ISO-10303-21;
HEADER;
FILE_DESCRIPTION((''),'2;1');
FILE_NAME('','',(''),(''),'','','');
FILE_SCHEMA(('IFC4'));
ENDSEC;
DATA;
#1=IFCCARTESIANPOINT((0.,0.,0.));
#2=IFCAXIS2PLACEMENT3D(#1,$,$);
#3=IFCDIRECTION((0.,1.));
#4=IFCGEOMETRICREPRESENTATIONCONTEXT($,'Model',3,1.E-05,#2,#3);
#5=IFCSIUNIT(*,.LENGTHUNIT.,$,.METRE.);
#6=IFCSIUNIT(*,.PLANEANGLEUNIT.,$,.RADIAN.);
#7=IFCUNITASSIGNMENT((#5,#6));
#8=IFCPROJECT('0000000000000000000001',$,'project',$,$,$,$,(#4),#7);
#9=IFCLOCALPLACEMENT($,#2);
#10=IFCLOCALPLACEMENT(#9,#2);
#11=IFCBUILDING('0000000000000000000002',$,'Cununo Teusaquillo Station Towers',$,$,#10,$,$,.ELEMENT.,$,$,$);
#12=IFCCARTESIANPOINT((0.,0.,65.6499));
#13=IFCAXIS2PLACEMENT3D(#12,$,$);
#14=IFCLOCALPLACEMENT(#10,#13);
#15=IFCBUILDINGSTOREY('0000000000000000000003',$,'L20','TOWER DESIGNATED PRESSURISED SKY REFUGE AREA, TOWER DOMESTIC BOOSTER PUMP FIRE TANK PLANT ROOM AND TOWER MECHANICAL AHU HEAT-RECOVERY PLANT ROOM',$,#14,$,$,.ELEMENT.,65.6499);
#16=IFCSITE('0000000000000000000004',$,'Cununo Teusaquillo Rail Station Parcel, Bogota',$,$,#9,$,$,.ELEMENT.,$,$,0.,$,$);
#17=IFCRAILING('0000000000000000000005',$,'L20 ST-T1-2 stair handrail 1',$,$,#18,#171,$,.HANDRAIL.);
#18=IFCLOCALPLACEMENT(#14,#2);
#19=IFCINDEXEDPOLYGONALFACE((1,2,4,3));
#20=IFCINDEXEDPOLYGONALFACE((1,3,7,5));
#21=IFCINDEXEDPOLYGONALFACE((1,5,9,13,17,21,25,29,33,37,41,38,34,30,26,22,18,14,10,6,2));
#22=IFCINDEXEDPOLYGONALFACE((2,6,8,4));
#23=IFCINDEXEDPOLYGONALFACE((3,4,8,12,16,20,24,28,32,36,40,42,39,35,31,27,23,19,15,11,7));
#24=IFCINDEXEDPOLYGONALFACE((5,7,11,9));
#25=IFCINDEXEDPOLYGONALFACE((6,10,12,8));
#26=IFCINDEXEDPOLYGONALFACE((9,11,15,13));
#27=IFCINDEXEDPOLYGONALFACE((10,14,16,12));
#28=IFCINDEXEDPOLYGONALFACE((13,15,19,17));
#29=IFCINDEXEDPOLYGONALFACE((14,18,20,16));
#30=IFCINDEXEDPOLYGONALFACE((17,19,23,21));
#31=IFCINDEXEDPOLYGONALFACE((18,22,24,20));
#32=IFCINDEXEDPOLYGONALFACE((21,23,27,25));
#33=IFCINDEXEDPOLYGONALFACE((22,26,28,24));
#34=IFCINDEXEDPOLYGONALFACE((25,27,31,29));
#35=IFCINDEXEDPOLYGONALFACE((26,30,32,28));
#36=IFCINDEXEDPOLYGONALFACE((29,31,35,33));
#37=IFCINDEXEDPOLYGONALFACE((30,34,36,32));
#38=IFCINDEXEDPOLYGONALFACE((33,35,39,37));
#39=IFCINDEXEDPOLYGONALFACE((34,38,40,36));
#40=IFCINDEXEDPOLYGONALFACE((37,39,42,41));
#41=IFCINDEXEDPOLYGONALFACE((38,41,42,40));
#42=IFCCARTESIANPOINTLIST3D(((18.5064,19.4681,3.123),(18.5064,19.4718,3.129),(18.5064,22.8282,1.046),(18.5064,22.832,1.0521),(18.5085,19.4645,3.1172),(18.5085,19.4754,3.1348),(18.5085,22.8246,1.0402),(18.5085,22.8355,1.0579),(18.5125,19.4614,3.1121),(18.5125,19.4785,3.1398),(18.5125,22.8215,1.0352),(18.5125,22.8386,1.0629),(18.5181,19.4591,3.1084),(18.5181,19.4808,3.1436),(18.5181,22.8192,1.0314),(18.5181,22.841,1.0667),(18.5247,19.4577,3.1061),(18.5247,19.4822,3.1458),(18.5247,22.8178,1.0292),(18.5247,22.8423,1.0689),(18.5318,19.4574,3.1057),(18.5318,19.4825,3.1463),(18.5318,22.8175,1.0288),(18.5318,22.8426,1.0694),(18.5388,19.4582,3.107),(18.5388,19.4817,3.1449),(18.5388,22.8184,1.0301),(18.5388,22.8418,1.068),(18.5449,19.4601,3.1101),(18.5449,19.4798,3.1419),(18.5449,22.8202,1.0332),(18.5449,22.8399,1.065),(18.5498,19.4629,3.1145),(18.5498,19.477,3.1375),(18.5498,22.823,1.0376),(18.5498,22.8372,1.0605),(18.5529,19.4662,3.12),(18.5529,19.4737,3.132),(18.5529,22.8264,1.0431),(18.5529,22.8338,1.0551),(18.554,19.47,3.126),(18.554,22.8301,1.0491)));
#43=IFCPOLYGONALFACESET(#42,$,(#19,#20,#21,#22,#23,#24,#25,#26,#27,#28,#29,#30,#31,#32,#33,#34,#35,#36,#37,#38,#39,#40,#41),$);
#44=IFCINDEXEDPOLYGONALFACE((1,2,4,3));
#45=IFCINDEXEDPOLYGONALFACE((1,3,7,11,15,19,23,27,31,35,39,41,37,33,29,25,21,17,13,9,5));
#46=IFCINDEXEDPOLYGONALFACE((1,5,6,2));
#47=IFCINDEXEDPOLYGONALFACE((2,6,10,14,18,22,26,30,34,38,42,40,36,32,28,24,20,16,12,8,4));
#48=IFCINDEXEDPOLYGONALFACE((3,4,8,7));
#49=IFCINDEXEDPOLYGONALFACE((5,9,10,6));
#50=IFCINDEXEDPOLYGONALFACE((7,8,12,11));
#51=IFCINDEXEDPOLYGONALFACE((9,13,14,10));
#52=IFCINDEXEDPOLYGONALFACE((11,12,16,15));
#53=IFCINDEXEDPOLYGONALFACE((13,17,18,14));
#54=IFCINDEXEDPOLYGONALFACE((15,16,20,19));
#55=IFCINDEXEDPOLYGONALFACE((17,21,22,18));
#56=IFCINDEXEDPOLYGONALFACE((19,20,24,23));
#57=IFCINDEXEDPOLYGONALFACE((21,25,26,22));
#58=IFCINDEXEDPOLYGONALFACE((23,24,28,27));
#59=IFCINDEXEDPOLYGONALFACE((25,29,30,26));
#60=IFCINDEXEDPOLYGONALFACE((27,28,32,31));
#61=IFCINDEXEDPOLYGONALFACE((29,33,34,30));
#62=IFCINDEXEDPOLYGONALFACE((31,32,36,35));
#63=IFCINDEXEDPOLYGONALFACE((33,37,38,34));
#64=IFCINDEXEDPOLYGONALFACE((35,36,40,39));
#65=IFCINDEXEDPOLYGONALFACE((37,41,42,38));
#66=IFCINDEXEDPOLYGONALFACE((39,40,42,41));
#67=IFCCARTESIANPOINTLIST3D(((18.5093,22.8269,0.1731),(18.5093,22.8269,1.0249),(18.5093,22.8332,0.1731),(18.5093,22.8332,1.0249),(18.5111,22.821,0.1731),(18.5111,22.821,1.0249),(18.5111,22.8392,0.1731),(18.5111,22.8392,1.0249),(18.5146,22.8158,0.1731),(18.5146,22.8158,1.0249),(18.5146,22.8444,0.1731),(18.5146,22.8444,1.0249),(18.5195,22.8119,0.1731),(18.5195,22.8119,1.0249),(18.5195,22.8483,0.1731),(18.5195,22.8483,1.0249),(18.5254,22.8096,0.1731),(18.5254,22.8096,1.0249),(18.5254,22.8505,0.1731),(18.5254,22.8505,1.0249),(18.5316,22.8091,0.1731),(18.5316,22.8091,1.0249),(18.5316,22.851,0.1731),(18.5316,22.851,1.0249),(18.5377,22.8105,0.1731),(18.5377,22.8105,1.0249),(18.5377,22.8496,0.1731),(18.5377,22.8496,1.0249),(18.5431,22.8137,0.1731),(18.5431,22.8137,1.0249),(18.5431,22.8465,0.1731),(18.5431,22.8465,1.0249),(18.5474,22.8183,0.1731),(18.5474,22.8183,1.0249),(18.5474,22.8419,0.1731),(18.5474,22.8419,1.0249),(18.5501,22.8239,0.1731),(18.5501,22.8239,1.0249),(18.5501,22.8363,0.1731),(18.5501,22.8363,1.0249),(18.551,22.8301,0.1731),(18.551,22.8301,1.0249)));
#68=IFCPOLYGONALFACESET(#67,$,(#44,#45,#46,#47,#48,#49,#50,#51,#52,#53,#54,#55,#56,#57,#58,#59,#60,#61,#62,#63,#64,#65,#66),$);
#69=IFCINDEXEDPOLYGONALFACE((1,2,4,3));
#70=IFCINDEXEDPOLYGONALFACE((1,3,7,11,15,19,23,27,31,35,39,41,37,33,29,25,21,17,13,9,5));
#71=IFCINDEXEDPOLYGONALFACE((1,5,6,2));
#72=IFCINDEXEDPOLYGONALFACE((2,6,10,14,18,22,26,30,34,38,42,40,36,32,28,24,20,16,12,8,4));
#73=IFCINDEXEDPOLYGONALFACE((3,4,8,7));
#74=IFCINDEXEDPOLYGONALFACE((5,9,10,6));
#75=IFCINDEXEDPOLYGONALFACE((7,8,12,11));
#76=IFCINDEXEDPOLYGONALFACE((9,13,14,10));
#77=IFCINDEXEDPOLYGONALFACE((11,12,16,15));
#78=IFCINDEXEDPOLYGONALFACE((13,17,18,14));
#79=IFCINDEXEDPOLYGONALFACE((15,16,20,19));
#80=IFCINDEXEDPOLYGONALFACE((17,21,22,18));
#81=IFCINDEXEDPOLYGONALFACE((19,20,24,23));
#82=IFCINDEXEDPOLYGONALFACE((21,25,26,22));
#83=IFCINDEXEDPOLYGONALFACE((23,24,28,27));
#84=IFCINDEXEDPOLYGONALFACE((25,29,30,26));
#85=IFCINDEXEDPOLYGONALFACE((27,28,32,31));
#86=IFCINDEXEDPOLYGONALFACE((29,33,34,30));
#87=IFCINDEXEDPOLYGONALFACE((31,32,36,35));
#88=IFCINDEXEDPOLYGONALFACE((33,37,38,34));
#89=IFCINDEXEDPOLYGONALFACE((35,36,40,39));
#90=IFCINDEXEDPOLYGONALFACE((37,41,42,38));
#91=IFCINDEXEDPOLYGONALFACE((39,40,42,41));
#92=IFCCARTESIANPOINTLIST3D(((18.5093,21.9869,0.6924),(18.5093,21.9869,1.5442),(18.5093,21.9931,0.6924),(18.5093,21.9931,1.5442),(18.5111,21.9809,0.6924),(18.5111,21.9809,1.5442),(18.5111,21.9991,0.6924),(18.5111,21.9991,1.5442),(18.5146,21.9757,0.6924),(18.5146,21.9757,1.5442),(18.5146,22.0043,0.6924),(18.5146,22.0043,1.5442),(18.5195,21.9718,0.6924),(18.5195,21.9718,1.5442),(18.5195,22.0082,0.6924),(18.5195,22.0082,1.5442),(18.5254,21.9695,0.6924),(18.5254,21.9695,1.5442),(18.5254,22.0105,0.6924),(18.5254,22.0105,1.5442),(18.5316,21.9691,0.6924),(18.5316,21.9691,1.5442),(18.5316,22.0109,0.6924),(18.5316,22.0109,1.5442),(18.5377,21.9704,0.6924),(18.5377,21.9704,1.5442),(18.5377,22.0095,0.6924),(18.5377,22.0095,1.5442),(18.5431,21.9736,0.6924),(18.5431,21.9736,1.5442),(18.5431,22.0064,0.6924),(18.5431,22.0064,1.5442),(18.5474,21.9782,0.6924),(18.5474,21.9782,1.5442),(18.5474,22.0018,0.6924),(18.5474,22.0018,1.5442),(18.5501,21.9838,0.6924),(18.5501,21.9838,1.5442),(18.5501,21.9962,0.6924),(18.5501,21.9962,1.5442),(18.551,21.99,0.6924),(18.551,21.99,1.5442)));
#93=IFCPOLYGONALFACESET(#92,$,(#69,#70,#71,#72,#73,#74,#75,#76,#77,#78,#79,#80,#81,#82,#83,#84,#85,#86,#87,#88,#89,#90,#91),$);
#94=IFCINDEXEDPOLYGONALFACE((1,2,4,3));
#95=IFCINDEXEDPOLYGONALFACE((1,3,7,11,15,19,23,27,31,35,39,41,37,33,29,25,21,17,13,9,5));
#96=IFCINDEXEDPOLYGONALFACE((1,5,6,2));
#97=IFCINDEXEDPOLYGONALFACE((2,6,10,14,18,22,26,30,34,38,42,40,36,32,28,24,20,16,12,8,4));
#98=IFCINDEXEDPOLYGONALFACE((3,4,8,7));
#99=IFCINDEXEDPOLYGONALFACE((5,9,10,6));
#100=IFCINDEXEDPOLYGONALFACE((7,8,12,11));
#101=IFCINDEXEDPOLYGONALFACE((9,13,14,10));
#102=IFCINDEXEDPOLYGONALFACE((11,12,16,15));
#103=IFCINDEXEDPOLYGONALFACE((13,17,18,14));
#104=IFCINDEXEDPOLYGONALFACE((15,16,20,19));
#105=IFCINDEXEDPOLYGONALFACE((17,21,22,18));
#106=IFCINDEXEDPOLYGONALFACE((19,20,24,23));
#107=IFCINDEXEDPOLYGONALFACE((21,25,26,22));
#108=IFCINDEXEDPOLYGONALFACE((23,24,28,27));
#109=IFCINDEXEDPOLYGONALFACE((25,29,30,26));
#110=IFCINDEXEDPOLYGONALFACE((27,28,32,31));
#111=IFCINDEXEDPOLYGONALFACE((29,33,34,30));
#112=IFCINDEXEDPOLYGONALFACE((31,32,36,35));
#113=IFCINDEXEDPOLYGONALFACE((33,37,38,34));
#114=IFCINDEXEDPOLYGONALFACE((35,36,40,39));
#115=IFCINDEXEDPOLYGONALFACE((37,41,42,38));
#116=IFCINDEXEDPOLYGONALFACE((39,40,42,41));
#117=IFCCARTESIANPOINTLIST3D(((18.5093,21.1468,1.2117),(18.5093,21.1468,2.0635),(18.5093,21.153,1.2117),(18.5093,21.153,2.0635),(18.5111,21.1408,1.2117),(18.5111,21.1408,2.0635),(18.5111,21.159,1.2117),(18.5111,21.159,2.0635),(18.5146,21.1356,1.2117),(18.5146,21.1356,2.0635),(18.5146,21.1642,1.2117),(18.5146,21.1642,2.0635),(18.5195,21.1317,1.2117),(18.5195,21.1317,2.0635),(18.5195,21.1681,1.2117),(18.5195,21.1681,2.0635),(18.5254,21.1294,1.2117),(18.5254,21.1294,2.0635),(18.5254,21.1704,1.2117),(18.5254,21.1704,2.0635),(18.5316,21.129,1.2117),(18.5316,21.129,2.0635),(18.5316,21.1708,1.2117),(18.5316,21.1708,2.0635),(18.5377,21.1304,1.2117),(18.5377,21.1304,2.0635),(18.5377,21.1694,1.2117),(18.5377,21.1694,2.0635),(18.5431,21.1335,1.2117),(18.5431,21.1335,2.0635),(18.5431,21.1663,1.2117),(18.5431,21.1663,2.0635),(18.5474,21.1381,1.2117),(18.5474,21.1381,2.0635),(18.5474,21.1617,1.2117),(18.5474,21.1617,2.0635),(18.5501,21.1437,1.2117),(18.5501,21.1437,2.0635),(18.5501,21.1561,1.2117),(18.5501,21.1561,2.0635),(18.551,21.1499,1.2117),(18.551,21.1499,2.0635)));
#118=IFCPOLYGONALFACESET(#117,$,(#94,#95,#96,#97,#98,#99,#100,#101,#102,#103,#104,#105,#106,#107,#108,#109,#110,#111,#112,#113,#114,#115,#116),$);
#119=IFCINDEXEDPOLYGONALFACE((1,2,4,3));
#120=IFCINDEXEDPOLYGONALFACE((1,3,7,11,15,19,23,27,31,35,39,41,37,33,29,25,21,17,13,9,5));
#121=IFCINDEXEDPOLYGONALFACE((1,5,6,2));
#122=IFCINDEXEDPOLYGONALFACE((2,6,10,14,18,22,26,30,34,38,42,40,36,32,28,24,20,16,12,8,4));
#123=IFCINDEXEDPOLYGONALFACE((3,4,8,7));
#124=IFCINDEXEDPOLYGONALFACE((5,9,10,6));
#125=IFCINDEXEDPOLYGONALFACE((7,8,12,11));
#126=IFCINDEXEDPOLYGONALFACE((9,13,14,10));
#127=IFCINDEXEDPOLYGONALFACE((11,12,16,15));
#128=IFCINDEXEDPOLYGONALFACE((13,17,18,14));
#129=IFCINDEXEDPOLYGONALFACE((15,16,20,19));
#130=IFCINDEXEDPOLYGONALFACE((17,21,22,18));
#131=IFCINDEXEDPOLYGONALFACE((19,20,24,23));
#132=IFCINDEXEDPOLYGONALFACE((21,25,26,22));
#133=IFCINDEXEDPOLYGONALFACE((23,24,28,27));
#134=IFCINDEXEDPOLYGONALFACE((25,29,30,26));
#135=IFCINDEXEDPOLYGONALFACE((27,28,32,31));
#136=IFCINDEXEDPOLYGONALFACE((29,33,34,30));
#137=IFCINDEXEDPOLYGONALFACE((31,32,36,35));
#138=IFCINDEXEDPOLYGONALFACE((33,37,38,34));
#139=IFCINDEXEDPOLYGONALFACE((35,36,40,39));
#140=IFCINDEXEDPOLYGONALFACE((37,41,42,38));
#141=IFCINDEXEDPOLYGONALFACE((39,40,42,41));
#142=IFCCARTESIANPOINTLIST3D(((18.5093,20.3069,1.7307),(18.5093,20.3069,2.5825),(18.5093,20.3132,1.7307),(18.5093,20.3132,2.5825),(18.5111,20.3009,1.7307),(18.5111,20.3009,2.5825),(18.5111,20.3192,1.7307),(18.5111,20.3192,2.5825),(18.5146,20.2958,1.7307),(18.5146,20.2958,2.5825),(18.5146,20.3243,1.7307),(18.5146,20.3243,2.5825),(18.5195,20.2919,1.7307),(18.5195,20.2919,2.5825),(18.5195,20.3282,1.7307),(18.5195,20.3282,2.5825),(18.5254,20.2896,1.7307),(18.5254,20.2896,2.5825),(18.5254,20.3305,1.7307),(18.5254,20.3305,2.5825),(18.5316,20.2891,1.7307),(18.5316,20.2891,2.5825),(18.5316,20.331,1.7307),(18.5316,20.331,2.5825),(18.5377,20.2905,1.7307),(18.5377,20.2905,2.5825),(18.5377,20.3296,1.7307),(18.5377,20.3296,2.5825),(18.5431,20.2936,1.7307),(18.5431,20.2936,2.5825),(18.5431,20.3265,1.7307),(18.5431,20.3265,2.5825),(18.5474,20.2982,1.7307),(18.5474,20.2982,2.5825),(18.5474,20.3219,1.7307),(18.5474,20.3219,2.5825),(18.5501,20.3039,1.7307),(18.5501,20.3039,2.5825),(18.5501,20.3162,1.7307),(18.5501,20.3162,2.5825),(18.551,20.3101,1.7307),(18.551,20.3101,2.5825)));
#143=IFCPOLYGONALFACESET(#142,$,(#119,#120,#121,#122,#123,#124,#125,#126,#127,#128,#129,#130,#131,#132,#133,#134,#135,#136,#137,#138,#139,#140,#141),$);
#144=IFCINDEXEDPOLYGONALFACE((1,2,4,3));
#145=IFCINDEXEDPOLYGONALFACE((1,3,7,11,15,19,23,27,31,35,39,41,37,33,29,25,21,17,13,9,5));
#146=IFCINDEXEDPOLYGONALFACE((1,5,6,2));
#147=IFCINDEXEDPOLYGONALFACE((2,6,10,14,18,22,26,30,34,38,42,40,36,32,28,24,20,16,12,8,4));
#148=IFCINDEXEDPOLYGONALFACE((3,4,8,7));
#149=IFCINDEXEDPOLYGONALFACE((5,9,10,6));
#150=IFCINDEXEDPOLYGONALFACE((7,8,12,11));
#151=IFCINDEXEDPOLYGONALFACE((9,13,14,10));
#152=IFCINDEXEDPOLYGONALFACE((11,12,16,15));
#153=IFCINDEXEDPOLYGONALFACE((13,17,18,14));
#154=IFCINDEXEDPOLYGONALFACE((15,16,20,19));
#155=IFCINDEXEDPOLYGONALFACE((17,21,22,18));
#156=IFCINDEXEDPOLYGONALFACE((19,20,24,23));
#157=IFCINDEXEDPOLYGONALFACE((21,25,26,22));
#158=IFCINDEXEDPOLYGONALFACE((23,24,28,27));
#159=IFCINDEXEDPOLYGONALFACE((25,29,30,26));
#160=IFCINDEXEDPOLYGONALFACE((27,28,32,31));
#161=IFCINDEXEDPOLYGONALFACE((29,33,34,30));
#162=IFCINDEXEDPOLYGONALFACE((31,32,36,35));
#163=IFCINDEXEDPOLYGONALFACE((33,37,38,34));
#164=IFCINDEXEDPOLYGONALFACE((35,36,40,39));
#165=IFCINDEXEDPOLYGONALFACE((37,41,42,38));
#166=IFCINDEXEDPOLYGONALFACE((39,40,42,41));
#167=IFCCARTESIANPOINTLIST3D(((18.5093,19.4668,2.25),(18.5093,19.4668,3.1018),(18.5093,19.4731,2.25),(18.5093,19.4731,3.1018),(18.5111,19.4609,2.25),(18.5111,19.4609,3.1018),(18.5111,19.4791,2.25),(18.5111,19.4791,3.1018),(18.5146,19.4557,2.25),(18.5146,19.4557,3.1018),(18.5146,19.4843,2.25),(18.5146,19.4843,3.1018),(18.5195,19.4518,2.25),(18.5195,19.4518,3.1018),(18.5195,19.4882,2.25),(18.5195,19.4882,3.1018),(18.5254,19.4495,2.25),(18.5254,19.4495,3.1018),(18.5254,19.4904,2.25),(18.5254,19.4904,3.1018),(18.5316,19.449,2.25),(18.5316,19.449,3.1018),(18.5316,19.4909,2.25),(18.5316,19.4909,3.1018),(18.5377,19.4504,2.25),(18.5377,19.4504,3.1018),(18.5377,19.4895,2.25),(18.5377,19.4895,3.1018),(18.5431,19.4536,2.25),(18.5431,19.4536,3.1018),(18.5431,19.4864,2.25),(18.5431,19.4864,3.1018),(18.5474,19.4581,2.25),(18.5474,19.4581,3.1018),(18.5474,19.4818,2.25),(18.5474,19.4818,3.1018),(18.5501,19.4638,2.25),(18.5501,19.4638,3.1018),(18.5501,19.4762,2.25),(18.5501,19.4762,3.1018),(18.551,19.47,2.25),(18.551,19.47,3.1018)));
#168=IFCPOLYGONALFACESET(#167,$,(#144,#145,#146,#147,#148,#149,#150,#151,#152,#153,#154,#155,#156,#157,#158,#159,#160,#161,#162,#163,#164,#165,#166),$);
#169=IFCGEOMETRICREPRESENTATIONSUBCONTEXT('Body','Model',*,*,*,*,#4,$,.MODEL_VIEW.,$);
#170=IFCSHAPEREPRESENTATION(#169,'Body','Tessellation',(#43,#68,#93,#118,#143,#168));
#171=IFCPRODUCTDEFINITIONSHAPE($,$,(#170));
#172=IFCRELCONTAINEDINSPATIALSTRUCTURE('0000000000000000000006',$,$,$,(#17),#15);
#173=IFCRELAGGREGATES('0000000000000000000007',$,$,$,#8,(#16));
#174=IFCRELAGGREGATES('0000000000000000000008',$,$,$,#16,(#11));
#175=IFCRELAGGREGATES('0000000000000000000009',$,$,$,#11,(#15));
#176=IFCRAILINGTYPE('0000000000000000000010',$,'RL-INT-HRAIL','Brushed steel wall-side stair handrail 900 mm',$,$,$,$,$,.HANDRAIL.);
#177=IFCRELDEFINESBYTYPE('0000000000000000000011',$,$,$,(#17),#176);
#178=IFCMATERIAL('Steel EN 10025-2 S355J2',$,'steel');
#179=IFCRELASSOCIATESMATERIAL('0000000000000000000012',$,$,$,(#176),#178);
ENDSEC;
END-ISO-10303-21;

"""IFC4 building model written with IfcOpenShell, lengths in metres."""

from ifc_helpers import new_model, si_unit, direction, frame, origin, origin_2d, place, context, subcontext, project, spatial, circle, extrude, material, type_object, element, save


model = new_model("IFC4")

# Units and contexts
model_context = context("Model", 3, precision=1e-05, world=origin(), true_north=direction((0.0, 1.0)))
body_context = subcontext(model_context, "Body", "Model", "MODEL_VIEW")
ifc_project = project(units=[si_unit("LENGTHUNIT", "METRE"), si_unit("PLANEANGLEUNIT", "RADIAN")], contexts=[model_context])

# Site, building, storey
site_placement = place(None, origin())
site = spatial("IfcSite", under=ifc_project, at=site_placement, Name="Cununo Teusaquillo Rail Station Parcel, Bogota", CompositionType="ELEMENT", RefElevation=0.0)
building_placement = place(site_placement, origin())
building = spatial("IfcBuilding", under=site, at=building_placement, Name="Cununo Teusaquillo Station Towers", CompositionType="ELEMENT")
storey_placement = place(building_placement, frame((0.0, 0.0, 65.6499)))
storey = spatial("IfcBuildingStorey", under=building, at=storey_placement, Name="L20", Description="TOWER DESIGNATED PRESSURISED SKY REFUGE AREA, TOWER DOMESTIC BOOSTER PUMP FIRE TANK PLANT ROOM AND TOWER MECHANICAL AHU HEAT-RECOVERY PLANT ROOM", CompositionType="ELEMENT", Elevation=65.6499)

# Railing
ifc_material_1 = material(Name="Steel EN 10025-2 S355J2", Category="steel")
railing_type_1 = type_object("IfcRailingType", Name="RL-INT-HRAIL", Description="Brushed steel wall-side stair handrail 900 mm", PredefinedType="HANDRAIL", material=ifc_material_1)
railing_1_placement = place(storey_placement, frame((18.53, 22.8301, 0.1731)))
element("IfcRailing", 1, at=railing_1_placement, inside=storey, type_object=railing_type_1, Name="L20 ST-T1-2 stair handrail 1", PredefinedType="HANDRAIL", context=body_context, shape_type="SweptSolid", body=[
    extrude(circle(Radius=0.0239, at=origin_2d()), frame((0.0, 0.0, 0.876), z_axis=(0.0, -0.850623, 0.525776), x_axis=(1.0, 0.0, 0.0)), (0.0, 0.0, 1.0), 3.9502),
    extrude(circle(Radius=0.021, at=origin_2d()), origin(), (0.0, 0.0, 1.0), 0.8518),
    extrude(circle(Radius=0.021, at=origin_2d()), frame((0.0, -0.8401, 0.5193)), (0.0, 0.0, 1.0), 0.8518),
    extrude(circle(Radius=0.021, at=origin_2d()), frame((0.0, -1.6802, 1.0386)), (0.0, 0.0, 1.0), 0.8518),
    extrude(circle(Radius=0.021, at=origin_2d()), frame((0.0, -2.52, 1.5576)), (0.0, 0.0, 1.0), 0.8518),
    extrude(circle(Radius=0.021, at=origin_2d()), frame((0.0, -3.3601, 2.0769)), (0.0, 0.0, 1.0), 0.8518),
])

save(model, "model.ifc")
